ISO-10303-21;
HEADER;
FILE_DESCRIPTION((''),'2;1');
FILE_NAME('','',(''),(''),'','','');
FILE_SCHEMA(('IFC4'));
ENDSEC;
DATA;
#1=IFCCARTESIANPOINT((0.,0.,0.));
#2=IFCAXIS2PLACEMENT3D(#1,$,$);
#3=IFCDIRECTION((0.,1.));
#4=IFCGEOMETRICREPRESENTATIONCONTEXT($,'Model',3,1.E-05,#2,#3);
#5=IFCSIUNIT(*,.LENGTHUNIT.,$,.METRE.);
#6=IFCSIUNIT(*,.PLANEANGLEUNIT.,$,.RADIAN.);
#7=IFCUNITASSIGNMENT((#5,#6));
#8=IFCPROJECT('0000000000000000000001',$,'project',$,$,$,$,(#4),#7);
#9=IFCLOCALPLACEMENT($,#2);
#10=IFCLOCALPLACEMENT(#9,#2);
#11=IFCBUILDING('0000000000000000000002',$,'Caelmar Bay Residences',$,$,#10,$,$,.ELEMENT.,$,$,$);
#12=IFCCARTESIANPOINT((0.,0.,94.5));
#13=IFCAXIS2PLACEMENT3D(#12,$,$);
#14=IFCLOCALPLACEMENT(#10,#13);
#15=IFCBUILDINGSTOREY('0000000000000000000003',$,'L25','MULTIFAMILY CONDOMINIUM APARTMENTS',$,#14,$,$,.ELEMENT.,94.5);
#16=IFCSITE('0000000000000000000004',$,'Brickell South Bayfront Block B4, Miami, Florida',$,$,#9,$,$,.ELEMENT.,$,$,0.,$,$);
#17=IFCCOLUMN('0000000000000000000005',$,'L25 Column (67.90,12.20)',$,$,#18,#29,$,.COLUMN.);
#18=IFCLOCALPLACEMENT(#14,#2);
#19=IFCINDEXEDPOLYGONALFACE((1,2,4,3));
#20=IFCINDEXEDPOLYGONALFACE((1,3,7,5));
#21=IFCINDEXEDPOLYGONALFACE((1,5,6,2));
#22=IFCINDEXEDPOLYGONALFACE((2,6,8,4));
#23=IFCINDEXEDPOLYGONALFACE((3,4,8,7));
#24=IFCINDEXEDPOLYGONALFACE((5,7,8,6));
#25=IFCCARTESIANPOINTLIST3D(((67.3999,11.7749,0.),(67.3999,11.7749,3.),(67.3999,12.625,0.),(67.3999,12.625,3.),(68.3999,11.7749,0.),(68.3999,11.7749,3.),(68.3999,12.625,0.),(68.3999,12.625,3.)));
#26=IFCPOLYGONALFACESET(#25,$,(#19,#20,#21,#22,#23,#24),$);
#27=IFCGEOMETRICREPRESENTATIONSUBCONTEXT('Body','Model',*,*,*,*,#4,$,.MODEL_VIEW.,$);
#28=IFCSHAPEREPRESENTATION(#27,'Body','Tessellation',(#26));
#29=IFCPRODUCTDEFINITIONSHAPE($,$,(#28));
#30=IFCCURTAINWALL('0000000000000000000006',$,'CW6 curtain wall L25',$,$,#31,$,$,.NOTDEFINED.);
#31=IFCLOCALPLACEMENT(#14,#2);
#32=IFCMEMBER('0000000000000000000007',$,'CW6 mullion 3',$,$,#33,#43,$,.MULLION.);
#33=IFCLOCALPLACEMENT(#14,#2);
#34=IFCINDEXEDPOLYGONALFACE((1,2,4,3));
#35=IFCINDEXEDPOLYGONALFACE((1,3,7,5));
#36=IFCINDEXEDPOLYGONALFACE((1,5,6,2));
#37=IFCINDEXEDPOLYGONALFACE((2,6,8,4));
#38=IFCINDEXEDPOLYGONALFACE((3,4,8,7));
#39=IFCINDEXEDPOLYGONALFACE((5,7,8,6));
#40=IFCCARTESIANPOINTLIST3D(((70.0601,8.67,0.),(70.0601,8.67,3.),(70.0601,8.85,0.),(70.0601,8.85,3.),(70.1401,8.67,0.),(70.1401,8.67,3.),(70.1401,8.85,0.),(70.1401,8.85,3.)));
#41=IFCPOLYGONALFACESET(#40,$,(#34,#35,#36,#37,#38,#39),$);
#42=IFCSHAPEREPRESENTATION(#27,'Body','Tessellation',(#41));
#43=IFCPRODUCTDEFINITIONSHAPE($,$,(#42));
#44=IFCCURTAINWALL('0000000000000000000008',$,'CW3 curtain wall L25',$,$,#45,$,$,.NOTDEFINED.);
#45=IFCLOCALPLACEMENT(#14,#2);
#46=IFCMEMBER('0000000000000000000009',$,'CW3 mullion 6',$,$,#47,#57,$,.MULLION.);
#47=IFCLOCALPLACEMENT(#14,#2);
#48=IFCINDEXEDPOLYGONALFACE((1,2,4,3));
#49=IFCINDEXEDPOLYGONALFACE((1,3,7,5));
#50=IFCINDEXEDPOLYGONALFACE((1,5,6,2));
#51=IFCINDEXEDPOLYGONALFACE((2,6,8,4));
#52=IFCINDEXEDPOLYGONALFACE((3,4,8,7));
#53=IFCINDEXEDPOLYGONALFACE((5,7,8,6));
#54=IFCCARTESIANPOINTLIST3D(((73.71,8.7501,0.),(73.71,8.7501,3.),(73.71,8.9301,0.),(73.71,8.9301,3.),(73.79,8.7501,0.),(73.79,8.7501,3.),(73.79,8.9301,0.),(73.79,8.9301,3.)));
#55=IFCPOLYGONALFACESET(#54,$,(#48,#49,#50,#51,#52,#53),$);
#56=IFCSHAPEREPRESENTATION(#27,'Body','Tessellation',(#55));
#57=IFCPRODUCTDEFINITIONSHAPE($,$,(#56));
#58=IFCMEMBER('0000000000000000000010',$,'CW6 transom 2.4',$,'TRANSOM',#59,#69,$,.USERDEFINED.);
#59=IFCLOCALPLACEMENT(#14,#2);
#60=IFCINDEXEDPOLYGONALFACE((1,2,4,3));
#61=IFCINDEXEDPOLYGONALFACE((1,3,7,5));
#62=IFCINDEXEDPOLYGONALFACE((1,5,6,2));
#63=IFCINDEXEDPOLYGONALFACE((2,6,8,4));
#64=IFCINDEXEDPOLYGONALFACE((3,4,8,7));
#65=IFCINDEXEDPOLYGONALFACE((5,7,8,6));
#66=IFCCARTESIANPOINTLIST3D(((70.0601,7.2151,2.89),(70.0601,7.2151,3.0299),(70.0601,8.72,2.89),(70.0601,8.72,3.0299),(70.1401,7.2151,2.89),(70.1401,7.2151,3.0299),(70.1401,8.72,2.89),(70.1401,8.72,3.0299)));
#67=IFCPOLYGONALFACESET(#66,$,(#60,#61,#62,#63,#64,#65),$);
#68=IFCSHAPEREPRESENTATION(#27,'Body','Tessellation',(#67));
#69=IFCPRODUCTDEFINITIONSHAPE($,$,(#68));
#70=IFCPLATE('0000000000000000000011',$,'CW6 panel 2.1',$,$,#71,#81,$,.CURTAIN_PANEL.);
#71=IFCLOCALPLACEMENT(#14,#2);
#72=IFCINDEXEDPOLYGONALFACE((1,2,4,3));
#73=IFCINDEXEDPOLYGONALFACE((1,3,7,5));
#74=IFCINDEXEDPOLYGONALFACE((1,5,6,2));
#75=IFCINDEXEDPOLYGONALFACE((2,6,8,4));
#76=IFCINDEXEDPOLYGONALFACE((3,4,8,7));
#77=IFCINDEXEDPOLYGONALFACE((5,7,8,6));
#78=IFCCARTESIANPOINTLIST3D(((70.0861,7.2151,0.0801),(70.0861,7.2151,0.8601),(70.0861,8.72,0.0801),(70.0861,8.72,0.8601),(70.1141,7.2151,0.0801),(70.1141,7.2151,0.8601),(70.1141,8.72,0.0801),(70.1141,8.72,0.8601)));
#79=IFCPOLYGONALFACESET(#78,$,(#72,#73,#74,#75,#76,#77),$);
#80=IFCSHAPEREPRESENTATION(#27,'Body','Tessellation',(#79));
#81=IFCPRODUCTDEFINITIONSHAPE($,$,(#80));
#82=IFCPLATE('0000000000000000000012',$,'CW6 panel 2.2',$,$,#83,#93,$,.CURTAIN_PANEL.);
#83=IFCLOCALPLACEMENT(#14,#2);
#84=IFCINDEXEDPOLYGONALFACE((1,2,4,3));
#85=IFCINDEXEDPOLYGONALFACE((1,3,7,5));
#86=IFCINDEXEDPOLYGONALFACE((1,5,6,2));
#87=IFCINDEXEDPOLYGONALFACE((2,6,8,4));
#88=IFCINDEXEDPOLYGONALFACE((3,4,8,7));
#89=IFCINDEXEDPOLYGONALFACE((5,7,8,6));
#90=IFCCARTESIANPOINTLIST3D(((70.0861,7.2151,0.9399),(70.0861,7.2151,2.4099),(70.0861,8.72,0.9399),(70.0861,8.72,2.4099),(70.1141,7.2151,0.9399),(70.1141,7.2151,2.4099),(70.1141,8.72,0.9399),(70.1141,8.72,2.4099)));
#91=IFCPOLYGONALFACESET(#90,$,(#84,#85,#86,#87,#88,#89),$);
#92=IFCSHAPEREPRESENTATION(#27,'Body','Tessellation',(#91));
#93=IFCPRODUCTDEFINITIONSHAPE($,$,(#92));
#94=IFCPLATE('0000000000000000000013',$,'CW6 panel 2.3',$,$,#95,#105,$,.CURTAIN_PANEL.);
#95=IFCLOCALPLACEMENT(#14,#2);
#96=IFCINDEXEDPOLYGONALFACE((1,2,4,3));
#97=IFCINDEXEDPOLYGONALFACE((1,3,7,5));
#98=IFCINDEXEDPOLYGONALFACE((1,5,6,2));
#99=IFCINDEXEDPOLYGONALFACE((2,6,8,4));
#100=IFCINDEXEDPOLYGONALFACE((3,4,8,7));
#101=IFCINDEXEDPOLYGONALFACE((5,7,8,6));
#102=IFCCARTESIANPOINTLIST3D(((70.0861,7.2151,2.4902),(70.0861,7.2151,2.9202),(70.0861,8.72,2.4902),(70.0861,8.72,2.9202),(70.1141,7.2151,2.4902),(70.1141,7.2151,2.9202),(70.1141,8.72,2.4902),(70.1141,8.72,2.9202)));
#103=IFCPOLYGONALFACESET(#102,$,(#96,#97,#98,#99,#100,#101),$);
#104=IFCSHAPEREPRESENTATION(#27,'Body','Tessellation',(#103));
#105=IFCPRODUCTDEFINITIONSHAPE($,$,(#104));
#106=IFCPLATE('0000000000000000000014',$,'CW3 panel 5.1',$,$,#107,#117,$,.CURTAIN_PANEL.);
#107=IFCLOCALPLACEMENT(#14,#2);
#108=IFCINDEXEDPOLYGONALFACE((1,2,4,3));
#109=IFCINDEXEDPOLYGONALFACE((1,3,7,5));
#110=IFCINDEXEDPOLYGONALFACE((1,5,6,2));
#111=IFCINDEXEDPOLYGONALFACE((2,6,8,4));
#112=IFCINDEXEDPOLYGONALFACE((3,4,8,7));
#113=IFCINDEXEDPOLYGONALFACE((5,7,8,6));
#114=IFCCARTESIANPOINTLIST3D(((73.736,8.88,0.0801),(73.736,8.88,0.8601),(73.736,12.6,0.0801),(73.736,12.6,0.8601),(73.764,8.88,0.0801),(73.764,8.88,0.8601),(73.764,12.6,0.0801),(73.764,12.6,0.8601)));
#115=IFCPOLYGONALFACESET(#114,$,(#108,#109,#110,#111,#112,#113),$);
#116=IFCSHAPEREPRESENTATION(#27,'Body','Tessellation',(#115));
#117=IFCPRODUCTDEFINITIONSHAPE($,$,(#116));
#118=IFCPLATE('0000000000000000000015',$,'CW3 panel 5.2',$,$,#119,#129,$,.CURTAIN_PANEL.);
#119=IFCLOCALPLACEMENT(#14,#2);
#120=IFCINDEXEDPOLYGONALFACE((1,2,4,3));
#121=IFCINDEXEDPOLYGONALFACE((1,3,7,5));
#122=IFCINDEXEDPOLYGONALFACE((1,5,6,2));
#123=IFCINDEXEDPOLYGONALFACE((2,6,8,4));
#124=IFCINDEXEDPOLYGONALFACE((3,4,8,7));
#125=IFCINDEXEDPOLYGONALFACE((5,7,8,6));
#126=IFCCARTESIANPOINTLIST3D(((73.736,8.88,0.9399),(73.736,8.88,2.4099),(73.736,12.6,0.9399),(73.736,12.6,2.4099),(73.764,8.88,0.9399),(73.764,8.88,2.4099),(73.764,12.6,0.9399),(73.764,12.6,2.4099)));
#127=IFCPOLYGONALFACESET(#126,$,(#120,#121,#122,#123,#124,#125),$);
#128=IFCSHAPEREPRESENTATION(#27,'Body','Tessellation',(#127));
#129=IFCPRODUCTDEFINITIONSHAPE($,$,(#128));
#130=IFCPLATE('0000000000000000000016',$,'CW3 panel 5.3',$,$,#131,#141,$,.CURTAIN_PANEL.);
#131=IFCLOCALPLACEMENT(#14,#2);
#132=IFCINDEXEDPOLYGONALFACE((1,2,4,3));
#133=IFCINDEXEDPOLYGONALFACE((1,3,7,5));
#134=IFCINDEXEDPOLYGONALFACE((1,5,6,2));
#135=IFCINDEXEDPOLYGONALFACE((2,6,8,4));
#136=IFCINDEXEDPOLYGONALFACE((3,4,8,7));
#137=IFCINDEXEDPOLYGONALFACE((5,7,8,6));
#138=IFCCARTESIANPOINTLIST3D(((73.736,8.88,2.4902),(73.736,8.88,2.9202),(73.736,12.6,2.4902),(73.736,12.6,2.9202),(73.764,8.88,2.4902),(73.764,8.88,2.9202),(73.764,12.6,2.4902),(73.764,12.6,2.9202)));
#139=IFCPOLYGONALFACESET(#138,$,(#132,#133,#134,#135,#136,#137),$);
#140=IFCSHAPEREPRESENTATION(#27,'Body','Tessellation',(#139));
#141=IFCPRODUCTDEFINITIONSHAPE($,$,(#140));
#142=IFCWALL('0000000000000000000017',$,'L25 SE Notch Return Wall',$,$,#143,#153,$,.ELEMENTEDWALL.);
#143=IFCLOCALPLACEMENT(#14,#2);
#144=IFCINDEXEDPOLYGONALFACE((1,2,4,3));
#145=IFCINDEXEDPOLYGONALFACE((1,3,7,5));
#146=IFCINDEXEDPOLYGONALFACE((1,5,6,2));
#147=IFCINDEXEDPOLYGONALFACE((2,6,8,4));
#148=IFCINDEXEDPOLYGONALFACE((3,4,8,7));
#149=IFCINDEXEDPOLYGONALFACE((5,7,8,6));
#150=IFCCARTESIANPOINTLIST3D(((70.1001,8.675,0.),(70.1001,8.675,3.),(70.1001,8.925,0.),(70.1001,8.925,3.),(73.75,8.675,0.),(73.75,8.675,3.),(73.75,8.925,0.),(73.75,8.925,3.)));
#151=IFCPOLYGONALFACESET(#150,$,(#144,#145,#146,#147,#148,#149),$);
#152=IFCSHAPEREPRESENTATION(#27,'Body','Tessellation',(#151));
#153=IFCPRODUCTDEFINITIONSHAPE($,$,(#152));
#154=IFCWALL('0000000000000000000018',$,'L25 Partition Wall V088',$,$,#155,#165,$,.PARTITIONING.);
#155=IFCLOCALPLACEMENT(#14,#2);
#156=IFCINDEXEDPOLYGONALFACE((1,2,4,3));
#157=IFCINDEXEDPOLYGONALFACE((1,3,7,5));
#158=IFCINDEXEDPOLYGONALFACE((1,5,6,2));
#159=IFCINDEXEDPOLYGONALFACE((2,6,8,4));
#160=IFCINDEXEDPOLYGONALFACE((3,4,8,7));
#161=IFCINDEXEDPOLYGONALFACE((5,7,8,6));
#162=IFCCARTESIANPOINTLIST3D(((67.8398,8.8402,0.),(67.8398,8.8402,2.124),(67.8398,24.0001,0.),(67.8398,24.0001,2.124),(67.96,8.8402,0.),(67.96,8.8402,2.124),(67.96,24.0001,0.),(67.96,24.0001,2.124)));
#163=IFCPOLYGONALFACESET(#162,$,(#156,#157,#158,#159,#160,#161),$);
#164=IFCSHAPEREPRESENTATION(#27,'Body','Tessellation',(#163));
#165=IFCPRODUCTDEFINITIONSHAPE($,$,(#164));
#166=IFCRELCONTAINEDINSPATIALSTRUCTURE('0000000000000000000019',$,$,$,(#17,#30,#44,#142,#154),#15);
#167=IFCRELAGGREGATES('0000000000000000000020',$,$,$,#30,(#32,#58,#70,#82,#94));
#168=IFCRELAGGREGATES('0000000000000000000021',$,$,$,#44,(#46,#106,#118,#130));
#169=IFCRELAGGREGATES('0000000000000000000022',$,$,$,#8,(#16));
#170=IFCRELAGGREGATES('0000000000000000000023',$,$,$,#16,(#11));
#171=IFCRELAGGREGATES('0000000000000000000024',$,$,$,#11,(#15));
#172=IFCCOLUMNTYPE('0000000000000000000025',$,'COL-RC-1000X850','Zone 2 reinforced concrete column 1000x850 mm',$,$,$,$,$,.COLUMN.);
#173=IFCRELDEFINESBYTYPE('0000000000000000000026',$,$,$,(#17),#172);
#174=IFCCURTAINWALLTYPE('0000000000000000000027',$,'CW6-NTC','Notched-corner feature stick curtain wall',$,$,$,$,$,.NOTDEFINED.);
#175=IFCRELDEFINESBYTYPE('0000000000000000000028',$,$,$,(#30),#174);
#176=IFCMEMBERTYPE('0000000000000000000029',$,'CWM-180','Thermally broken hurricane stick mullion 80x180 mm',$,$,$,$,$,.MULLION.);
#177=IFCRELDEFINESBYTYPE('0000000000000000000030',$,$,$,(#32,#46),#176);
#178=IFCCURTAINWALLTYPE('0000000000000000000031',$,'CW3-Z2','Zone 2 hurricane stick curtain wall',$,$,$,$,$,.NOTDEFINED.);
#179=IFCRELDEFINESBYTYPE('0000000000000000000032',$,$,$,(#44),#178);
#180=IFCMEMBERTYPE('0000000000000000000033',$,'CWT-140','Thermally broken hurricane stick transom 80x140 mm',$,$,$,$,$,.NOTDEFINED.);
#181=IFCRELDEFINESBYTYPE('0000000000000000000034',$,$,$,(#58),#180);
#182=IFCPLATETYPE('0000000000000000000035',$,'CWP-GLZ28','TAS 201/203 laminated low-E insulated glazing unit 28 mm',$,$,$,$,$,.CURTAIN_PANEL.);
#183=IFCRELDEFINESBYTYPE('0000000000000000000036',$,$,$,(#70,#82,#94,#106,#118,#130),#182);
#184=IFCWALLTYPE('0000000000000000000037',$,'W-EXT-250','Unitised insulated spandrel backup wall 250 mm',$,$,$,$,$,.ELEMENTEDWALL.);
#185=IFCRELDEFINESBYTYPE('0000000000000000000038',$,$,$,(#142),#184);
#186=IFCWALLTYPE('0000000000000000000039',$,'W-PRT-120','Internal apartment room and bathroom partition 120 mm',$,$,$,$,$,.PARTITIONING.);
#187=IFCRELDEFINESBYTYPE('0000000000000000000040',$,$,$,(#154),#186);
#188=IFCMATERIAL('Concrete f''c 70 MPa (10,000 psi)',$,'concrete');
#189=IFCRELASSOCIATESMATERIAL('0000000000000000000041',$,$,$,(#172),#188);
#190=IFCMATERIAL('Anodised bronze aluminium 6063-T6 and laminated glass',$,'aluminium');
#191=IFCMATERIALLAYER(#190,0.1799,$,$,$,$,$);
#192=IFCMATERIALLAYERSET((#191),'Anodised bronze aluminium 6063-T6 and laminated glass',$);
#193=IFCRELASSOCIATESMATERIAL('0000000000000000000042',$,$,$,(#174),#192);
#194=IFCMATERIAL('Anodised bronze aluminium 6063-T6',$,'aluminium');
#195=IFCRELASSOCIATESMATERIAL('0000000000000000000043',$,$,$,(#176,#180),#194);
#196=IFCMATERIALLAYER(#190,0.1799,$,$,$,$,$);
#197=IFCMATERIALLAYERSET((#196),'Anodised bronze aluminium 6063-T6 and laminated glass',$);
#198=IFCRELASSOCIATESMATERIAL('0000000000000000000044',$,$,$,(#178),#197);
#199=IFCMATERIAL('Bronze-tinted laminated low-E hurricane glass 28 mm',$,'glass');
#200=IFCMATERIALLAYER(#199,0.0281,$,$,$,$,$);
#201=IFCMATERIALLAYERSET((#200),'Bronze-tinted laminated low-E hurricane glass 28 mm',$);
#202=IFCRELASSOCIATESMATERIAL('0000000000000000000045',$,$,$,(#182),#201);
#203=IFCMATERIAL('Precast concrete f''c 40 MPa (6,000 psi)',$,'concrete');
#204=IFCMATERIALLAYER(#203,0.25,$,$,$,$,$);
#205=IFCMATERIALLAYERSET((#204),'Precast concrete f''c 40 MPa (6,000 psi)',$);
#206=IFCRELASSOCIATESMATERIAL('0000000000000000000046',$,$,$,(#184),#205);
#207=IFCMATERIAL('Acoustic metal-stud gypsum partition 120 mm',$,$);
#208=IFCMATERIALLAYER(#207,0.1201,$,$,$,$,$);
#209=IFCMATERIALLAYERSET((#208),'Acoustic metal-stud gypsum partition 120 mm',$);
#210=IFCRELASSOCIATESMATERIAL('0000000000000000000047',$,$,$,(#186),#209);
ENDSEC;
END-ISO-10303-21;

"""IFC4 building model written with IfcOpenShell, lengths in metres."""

from ifc_helpers import new_model, si_unit, direction, frame, frame_2d, origin, origin_2d, place, context, subcontext, project, spatial, rectangle, extrude, material, layer, layer_set, material_profile, profile_set, type_object, element, aggregate, save


model = new_model("IFC4")

# Units and contexts
model_context = context("Model", 3, precision=1e-05, world=origin(), true_north=direction((0.0, 1.0)))
body_context = subcontext(model_context, "Body", "Model", "MODEL_VIEW")
ifc_project = project(units=[si_unit("LENGTHUNIT", "METRE"), si_unit("PLANEANGLEUNIT", "RADIAN")], contexts=[model_context])

# Site, building, storey
site_placement = place(None, origin())
site = spatial("IfcSite", under=ifc_project, at=site_placement, Name="Brickell South Bayfront Block B4, Miami, Florida", CompositionType="ELEMENT", RefElevation=0.0)
building_placement = place(site_placement, origin())
building = spatial("IfcBuilding", under=site, at=building_placement, Name="Caelmar Bay Residences", CompositionType="ELEMENT")
storey_placement = place(building_placement, frame((0.0, 0.0, 94.5)))
storey = spatial("IfcBuildingStorey", under=building, at=storey_placement, Name="L25", Description="MULTIFAMILY CONDOMINIUM APARTMENTS", CompositionType="ELEMENT", Elevation=94.5)

# Column
ifc_material_1 = material(Name="Concrete f'c 70 MPa (10,000 psi)", Category="concrete")
ifc_material_profile_1 = material_profile(ifc_material_1, rectangle(XDim=1.0, YDim=0.8501, at=origin_2d()), Name="RC-COL-1000X850")
ifc_profile_set_1 = profile_set([ifc_material_profile_1], Name="Concrete f'c 70 MPa (10,000 psi)")
column_type = type_object("IfcColumnType", Name="COL-RC-1000X850", Description="Zone 2 reinforced concrete column 1000x850 mm", PredefinedType="COLUMN", material=ifc_profile_set_1)
column_placement = place(storey_placement, frame((67.8999, 12.2, 0.0), z_axis=(0.0, 0.0, 1.0), x_axis=(1.0, 0.0, 0.0)))
element("IfcColumn", 1, at=column_placement, inside=storey, type_object=column_type, Name="L25 Column (67.90,12.20)", PredefinedType="COLUMN", context=body_context, shape_type="SweptSolid", body=[
    extrude(rectangle(XDim=1.0, YDim=0.8501, at=origin_2d()), origin(), (0.0, 0.0, 1.0), 3.0),
])

# Curtain walls, members
ifc_material_2 = material(Name="Anodised bronze aluminium 6063-T6 and laminated glass", Category="aluminium")
ifc_layer_1 = layer(ifc_material_2, 0.1799)
ifc_layer_set_1 = layer_set([ifc_layer_1], Name="Anodised bronze aluminium 6063-T6 and laminated glass")
curtain_wall_type_1 = type_object("IfcCurtainWallType", Name="CW6-NTC", Description="Notched-corner feature stick curtain wall", PredefinedType="NOTDEFINED", material=ifc_layer_set_1)
curtain_wall_1_placement = place(storey_placement, origin())
curtain_wall_1 = element("IfcCurtainWall", 2, at=curtain_wall_1_placement, inside=storey, type_object=curtain_wall_type_1, Name="CW6 curtain wall L25", PredefinedType="NOTDEFINED")
ifc_material_3 = material(Name="Anodised bronze aluminium 6063-T6", Category="aluminium")
ifc_material_profile_2 = material_profile(ifc_material_3, rectangle(XDim=0.0801, YDim=0.1799, at=origin_2d()), Name="CWM-80X180")
ifc_profile_set_2 = profile_set([ifc_material_profile_2], Name="Anodised bronze aluminium 6063-T6")
member_type_1 = type_object("IfcMemberType", Name="CWM-180", Description="Thermally broken hurricane stick mullion 80x180 mm", PredefinedType="MULLION", material=ifc_profile_set_2)
member_1_placement = place(storey_placement, frame((70.1001, 8.76, 0.0), z_axis=(0.0, 0.0, 1.0), x_axis=(-1.0, 0.0, 0.0)))
member_1 = element("IfcMember", 3, at=member_1_placement, type_object=member_type_1, Name="CW6 mullion 3", PredefinedType="MULLION", context=body_context, shape_type="SweptSolid", body=[
    extrude(rectangle(XDim=0.0801, YDim=0.1799, at=origin_2d()), origin(), (0.0, 0.0, 1.0), 3.0),
])
ifc_layer_2 = layer(ifc_material_2, 0.1799)
ifc_layer_set_2 = layer_set([ifc_layer_2], Name="Anodised bronze aluminium 6063-T6 and laminated glass")
curtain_wall_type_2 = type_object("IfcCurtainWallType", Name="CW3-Z2", Description="Zone 2 hurricane stick curtain wall", PredefinedType="NOTDEFINED", material=ifc_layer_set_2)
curtain_wall_2_placement = place(storey_placement, origin())
curtain_wall_2 = element("IfcCurtainWall", 4, at=curtain_wall_2_placement, inside=storey, type_object=curtain_wall_type_2, Name="CW3 curtain wall L25", PredefinedType="NOTDEFINED")
member_2_placement = place(storey_placement, frame((73.75, 8.8401, 0.0), z_axis=(0.0, 0.0, 1.0), x_axis=(1.0, 0.0, 0.0)))
member_2 = element("IfcMember", 5, at=member_2_placement, type_object=member_type_1, Name="CW3 mullion 6", PredefinedType="MULLION", context=body_context, shape_type="SweptSolid", body=[
    extrude(rectangle(XDim=0.0801, YDim=0.1799, at=origin_2d()), origin(), (0.0, 0.0, 1.0), 3.0),
])

# Member
ifc_material_profile_3 = material_profile(ifc_material_3, rectangle(XDim=0.0801, YDim=0.1399, at=origin_2d()), Name="CWT-80X140")
ifc_profile_set_3 = profile_set([ifc_material_profile_3], Name="Anodised bronze aluminium 6063-T6")
member_type_2 = type_object("IfcMemberType", Name="CWT-140", Description="Thermally broken hurricane stick transom 80x140 mm", PredefinedType="NOTDEFINED", material=ifc_profile_set_3)
member_3_placement = place(storey_placement, frame((70.1001, 7.2151, 2.96), z_axis=(0.0, 1.0, 0.0), x_axis=(-1.0, 0.0, 0.0)))
member_3 = element("IfcMember", 6, at=member_3_placement, type_object=member_type_2, Name="CW6 transom 2.4", ObjectType="TRANSOM", PredefinedType="USERDEFINED", context=body_context, shape_type="SweptSolid", body=[
    extrude(rectangle(XDim=0.0801, YDim=0.1399, at=origin_2d()), origin(), (0.0, 0.0, 1.0), 1.5049),
])

# Plates
ifc_material_4 = material(Name="Bronze-tinted laminated low-E hurricane glass 28 mm", Category="glass")
ifc_layer_3 = layer(ifc_material_4, 0.0281)
ifc_layer_set_3 = layer_set([ifc_layer_3], Name="Bronze-tinted laminated low-E hurricane glass 28 mm")
plate_type = type_object("IfcPlateType", Name="CWP-GLZ28", Description="TAS 201/203 laminated low-E insulated glazing unit 28 mm", PredefinedType="CURTAIN_PANEL", material=ifc_layer_set_3)
plate_1_placement = place(storey_placement, frame((70.1001, 7.9675, 0.0801), z_axis=(0.0, 0.0, 1.0), x_axis=(0.0, 1.0, 0.0)))
plate_1 = element("IfcPlate", 7, at=plate_1_placement, type_object=plate_type, Name="CW6 panel 2.1", PredefinedType="CURTAIN_PANEL", context=body_context, shape_type="SweptSolid", body=[
    extrude(rectangle(XDim=1.5049, YDim=0.0281, at=origin_2d()), origin(), (0.0, 0.0, 1.0), 0.78),
])
plate_2_placement = place(storey_placement, frame((70.1001, 7.9675, 0.9399), z_axis=(0.0, 0.0, 1.0), x_axis=(0.0, 1.0, 0.0)))
plate_2 = element("IfcPlate", 8, at=plate_2_placement, type_object=plate_type, Name="CW6 panel 2.2", PredefinedType="CURTAIN_PANEL", context=body_context, shape_type="SweptSolid", body=[
    extrude(rectangle(XDim=1.5049, YDim=0.0281, at=origin_2d()), origin(), (0.0, 0.0, 1.0), 1.47),
])
plate_3_placement = place(storey_placement, frame((70.1001, 7.9675, 2.4902), z_axis=(0.0, 0.0, 1.0), x_axis=(0.0, 1.0, 0.0)))
plate_3 = element("IfcPlate", 9, at=plate_3_placement, type_object=plate_type, Name="CW6 panel 2.3", PredefinedType="CURTAIN_PANEL", context=body_context, shape_type="SweptSolid", body=[
    extrude(rectangle(XDim=1.5049, YDim=0.0281, at=origin_2d()), origin(), (0.0, 0.0, 1.0), 0.4299),
])
aggregate(curtain_wall_1, [member_1, member_3, plate_1, plate_2, plate_3])
plate_4_placement = place(storey_placement, frame((73.75, 10.74, 0.0801), z_axis=(0.0, 0.0, 1.0), x_axis=(0.0, -1.0, 0.0)))
plate_4 = element("IfcPlate", 10, at=plate_4_placement, type_object=plate_type, Name="CW3 panel 5.1", PredefinedType="CURTAIN_PANEL", context=body_context, shape_type="SweptSolid", body=[
    extrude(rectangle(XDim=3.72, YDim=0.0281, at=origin_2d()), origin(), (0.0, 0.0, 1.0), 0.78),
])
plate_5_placement = place(storey_placement, frame((73.75, 10.74, 0.9399), z_axis=(0.0, 0.0, 1.0), x_axis=(0.0, -1.0, 0.0)))
plate_5 = element("IfcPlate", 11, at=plate_5_placement, type_object=plate_type, Name="CW3 panel 5.2", PredefinedType="CURTAIN_PANEL", context=body_context, shape_type="SweptSolid", body=[
    extrude(rectangle(XDim=3.72, YDim=0.0281, at=origin_2d()), origin(), (0.0, 0.0, 1.0), 1.47),
])
plate_6_placement = place(storey_placement, frame((73.75, 10.74, 2.4902), z_axis=(0.0, 0.0, 1.0), x_axis=(0.0, -1.0, 0.0)))
plate_6 = element("IfcPlate", 12, at=plate_6_placement, type_object=plate_type, Name="CW3 panel 5.3", PredefinedType="CURTAIN_PANEL", context=body_context, shape_type="SweptSolid", body=[
    extrude(rectangle(XDim=3.72, YDim=0.0281, at=origin_2d()), origin(), (0.0, 0.0, 1.0), 0.4299),
])
aggregate(curtain_wall_2, [member_2, plate_4, plate_5, plate_6])

# Walls
ifc_material_5 = material(Name="Precast concrete f'c 40 MPa (6,000 psi)", Category="concrete")
ifc_layer_4 = layer(ifc_material_5, 0.25)
ifc_layer_set_4 = layer_set([ifc_layer_4], Name="Precast concrete f'c 40 MPa (6,000 psi)")
wall_type_1 = type_object("IfcWallType", Name="W-EXT-250", Description="Unitised insulated spandrel backup wall 250 mm", PredefinedType="ELEMENTEDWALL", material=ifc_layer_set_4)
wall_1_placement = place(storey_placement, frame((70.1001, 8.8, 0.0), z_axis=(0.0, 0.0, 1.0), x_axis=(1.0, 0.0, 0.0)))
element("IfcWall", 13, at=wall_1_placement, inside=storey, type_object=wall_type_1, Name="L25 SE Notch Return Wall", PredefinedType="ELEMENTEDWALL", context=body_context, shape_type="SweptSolid", body=[
    extrude(rectangle(XDim=3.6499, YDim=0.25, at=frame_2d((1.825, 0.0))), origin(), (0.0, 0.0, 1.0), 3.0),
])
ifc_material_6 = material(Name="Acoustic metal-stud gypsum partition 120 mm")
ifc_layer_5 = layer(ifc_material_6, 0.1201)
ifc_layer_set_5 = layer_set([ifc_layer_5], Name="Acoustic metal-stud gypsum partition 120 mm")
wall_type_2 = type_object("IfcWallType", Name="W-PRT-120", Description="Internal apartment room and bathroom partition 120 mm", PredefinedType="PARTITIONING", material=ifc_layer_set_5)
wall_2_placement = place(storey_placement, frame((67.8999, 8.8401, 0.0), z_axis=(0.0, 0.0, 1.0), x_axis=(0.0, 1.0, 0.0)))
element("IfcWall", 14, at=wall_2_placement, inside=storey, type_object=wall_type_2, Name="L25 Partition Wall V088", PredefinedType="PARTITIONING", context=body_context, shape_type="SweptSolid", body=[
    extrude(rectangle(XDim=15.1599, YDim=0.1201, at=frame_2d((7.5801, 0.0))), origin(), (0.0, 0.0, 1.0), 2.124),
])

save(model, "model.ifc")
